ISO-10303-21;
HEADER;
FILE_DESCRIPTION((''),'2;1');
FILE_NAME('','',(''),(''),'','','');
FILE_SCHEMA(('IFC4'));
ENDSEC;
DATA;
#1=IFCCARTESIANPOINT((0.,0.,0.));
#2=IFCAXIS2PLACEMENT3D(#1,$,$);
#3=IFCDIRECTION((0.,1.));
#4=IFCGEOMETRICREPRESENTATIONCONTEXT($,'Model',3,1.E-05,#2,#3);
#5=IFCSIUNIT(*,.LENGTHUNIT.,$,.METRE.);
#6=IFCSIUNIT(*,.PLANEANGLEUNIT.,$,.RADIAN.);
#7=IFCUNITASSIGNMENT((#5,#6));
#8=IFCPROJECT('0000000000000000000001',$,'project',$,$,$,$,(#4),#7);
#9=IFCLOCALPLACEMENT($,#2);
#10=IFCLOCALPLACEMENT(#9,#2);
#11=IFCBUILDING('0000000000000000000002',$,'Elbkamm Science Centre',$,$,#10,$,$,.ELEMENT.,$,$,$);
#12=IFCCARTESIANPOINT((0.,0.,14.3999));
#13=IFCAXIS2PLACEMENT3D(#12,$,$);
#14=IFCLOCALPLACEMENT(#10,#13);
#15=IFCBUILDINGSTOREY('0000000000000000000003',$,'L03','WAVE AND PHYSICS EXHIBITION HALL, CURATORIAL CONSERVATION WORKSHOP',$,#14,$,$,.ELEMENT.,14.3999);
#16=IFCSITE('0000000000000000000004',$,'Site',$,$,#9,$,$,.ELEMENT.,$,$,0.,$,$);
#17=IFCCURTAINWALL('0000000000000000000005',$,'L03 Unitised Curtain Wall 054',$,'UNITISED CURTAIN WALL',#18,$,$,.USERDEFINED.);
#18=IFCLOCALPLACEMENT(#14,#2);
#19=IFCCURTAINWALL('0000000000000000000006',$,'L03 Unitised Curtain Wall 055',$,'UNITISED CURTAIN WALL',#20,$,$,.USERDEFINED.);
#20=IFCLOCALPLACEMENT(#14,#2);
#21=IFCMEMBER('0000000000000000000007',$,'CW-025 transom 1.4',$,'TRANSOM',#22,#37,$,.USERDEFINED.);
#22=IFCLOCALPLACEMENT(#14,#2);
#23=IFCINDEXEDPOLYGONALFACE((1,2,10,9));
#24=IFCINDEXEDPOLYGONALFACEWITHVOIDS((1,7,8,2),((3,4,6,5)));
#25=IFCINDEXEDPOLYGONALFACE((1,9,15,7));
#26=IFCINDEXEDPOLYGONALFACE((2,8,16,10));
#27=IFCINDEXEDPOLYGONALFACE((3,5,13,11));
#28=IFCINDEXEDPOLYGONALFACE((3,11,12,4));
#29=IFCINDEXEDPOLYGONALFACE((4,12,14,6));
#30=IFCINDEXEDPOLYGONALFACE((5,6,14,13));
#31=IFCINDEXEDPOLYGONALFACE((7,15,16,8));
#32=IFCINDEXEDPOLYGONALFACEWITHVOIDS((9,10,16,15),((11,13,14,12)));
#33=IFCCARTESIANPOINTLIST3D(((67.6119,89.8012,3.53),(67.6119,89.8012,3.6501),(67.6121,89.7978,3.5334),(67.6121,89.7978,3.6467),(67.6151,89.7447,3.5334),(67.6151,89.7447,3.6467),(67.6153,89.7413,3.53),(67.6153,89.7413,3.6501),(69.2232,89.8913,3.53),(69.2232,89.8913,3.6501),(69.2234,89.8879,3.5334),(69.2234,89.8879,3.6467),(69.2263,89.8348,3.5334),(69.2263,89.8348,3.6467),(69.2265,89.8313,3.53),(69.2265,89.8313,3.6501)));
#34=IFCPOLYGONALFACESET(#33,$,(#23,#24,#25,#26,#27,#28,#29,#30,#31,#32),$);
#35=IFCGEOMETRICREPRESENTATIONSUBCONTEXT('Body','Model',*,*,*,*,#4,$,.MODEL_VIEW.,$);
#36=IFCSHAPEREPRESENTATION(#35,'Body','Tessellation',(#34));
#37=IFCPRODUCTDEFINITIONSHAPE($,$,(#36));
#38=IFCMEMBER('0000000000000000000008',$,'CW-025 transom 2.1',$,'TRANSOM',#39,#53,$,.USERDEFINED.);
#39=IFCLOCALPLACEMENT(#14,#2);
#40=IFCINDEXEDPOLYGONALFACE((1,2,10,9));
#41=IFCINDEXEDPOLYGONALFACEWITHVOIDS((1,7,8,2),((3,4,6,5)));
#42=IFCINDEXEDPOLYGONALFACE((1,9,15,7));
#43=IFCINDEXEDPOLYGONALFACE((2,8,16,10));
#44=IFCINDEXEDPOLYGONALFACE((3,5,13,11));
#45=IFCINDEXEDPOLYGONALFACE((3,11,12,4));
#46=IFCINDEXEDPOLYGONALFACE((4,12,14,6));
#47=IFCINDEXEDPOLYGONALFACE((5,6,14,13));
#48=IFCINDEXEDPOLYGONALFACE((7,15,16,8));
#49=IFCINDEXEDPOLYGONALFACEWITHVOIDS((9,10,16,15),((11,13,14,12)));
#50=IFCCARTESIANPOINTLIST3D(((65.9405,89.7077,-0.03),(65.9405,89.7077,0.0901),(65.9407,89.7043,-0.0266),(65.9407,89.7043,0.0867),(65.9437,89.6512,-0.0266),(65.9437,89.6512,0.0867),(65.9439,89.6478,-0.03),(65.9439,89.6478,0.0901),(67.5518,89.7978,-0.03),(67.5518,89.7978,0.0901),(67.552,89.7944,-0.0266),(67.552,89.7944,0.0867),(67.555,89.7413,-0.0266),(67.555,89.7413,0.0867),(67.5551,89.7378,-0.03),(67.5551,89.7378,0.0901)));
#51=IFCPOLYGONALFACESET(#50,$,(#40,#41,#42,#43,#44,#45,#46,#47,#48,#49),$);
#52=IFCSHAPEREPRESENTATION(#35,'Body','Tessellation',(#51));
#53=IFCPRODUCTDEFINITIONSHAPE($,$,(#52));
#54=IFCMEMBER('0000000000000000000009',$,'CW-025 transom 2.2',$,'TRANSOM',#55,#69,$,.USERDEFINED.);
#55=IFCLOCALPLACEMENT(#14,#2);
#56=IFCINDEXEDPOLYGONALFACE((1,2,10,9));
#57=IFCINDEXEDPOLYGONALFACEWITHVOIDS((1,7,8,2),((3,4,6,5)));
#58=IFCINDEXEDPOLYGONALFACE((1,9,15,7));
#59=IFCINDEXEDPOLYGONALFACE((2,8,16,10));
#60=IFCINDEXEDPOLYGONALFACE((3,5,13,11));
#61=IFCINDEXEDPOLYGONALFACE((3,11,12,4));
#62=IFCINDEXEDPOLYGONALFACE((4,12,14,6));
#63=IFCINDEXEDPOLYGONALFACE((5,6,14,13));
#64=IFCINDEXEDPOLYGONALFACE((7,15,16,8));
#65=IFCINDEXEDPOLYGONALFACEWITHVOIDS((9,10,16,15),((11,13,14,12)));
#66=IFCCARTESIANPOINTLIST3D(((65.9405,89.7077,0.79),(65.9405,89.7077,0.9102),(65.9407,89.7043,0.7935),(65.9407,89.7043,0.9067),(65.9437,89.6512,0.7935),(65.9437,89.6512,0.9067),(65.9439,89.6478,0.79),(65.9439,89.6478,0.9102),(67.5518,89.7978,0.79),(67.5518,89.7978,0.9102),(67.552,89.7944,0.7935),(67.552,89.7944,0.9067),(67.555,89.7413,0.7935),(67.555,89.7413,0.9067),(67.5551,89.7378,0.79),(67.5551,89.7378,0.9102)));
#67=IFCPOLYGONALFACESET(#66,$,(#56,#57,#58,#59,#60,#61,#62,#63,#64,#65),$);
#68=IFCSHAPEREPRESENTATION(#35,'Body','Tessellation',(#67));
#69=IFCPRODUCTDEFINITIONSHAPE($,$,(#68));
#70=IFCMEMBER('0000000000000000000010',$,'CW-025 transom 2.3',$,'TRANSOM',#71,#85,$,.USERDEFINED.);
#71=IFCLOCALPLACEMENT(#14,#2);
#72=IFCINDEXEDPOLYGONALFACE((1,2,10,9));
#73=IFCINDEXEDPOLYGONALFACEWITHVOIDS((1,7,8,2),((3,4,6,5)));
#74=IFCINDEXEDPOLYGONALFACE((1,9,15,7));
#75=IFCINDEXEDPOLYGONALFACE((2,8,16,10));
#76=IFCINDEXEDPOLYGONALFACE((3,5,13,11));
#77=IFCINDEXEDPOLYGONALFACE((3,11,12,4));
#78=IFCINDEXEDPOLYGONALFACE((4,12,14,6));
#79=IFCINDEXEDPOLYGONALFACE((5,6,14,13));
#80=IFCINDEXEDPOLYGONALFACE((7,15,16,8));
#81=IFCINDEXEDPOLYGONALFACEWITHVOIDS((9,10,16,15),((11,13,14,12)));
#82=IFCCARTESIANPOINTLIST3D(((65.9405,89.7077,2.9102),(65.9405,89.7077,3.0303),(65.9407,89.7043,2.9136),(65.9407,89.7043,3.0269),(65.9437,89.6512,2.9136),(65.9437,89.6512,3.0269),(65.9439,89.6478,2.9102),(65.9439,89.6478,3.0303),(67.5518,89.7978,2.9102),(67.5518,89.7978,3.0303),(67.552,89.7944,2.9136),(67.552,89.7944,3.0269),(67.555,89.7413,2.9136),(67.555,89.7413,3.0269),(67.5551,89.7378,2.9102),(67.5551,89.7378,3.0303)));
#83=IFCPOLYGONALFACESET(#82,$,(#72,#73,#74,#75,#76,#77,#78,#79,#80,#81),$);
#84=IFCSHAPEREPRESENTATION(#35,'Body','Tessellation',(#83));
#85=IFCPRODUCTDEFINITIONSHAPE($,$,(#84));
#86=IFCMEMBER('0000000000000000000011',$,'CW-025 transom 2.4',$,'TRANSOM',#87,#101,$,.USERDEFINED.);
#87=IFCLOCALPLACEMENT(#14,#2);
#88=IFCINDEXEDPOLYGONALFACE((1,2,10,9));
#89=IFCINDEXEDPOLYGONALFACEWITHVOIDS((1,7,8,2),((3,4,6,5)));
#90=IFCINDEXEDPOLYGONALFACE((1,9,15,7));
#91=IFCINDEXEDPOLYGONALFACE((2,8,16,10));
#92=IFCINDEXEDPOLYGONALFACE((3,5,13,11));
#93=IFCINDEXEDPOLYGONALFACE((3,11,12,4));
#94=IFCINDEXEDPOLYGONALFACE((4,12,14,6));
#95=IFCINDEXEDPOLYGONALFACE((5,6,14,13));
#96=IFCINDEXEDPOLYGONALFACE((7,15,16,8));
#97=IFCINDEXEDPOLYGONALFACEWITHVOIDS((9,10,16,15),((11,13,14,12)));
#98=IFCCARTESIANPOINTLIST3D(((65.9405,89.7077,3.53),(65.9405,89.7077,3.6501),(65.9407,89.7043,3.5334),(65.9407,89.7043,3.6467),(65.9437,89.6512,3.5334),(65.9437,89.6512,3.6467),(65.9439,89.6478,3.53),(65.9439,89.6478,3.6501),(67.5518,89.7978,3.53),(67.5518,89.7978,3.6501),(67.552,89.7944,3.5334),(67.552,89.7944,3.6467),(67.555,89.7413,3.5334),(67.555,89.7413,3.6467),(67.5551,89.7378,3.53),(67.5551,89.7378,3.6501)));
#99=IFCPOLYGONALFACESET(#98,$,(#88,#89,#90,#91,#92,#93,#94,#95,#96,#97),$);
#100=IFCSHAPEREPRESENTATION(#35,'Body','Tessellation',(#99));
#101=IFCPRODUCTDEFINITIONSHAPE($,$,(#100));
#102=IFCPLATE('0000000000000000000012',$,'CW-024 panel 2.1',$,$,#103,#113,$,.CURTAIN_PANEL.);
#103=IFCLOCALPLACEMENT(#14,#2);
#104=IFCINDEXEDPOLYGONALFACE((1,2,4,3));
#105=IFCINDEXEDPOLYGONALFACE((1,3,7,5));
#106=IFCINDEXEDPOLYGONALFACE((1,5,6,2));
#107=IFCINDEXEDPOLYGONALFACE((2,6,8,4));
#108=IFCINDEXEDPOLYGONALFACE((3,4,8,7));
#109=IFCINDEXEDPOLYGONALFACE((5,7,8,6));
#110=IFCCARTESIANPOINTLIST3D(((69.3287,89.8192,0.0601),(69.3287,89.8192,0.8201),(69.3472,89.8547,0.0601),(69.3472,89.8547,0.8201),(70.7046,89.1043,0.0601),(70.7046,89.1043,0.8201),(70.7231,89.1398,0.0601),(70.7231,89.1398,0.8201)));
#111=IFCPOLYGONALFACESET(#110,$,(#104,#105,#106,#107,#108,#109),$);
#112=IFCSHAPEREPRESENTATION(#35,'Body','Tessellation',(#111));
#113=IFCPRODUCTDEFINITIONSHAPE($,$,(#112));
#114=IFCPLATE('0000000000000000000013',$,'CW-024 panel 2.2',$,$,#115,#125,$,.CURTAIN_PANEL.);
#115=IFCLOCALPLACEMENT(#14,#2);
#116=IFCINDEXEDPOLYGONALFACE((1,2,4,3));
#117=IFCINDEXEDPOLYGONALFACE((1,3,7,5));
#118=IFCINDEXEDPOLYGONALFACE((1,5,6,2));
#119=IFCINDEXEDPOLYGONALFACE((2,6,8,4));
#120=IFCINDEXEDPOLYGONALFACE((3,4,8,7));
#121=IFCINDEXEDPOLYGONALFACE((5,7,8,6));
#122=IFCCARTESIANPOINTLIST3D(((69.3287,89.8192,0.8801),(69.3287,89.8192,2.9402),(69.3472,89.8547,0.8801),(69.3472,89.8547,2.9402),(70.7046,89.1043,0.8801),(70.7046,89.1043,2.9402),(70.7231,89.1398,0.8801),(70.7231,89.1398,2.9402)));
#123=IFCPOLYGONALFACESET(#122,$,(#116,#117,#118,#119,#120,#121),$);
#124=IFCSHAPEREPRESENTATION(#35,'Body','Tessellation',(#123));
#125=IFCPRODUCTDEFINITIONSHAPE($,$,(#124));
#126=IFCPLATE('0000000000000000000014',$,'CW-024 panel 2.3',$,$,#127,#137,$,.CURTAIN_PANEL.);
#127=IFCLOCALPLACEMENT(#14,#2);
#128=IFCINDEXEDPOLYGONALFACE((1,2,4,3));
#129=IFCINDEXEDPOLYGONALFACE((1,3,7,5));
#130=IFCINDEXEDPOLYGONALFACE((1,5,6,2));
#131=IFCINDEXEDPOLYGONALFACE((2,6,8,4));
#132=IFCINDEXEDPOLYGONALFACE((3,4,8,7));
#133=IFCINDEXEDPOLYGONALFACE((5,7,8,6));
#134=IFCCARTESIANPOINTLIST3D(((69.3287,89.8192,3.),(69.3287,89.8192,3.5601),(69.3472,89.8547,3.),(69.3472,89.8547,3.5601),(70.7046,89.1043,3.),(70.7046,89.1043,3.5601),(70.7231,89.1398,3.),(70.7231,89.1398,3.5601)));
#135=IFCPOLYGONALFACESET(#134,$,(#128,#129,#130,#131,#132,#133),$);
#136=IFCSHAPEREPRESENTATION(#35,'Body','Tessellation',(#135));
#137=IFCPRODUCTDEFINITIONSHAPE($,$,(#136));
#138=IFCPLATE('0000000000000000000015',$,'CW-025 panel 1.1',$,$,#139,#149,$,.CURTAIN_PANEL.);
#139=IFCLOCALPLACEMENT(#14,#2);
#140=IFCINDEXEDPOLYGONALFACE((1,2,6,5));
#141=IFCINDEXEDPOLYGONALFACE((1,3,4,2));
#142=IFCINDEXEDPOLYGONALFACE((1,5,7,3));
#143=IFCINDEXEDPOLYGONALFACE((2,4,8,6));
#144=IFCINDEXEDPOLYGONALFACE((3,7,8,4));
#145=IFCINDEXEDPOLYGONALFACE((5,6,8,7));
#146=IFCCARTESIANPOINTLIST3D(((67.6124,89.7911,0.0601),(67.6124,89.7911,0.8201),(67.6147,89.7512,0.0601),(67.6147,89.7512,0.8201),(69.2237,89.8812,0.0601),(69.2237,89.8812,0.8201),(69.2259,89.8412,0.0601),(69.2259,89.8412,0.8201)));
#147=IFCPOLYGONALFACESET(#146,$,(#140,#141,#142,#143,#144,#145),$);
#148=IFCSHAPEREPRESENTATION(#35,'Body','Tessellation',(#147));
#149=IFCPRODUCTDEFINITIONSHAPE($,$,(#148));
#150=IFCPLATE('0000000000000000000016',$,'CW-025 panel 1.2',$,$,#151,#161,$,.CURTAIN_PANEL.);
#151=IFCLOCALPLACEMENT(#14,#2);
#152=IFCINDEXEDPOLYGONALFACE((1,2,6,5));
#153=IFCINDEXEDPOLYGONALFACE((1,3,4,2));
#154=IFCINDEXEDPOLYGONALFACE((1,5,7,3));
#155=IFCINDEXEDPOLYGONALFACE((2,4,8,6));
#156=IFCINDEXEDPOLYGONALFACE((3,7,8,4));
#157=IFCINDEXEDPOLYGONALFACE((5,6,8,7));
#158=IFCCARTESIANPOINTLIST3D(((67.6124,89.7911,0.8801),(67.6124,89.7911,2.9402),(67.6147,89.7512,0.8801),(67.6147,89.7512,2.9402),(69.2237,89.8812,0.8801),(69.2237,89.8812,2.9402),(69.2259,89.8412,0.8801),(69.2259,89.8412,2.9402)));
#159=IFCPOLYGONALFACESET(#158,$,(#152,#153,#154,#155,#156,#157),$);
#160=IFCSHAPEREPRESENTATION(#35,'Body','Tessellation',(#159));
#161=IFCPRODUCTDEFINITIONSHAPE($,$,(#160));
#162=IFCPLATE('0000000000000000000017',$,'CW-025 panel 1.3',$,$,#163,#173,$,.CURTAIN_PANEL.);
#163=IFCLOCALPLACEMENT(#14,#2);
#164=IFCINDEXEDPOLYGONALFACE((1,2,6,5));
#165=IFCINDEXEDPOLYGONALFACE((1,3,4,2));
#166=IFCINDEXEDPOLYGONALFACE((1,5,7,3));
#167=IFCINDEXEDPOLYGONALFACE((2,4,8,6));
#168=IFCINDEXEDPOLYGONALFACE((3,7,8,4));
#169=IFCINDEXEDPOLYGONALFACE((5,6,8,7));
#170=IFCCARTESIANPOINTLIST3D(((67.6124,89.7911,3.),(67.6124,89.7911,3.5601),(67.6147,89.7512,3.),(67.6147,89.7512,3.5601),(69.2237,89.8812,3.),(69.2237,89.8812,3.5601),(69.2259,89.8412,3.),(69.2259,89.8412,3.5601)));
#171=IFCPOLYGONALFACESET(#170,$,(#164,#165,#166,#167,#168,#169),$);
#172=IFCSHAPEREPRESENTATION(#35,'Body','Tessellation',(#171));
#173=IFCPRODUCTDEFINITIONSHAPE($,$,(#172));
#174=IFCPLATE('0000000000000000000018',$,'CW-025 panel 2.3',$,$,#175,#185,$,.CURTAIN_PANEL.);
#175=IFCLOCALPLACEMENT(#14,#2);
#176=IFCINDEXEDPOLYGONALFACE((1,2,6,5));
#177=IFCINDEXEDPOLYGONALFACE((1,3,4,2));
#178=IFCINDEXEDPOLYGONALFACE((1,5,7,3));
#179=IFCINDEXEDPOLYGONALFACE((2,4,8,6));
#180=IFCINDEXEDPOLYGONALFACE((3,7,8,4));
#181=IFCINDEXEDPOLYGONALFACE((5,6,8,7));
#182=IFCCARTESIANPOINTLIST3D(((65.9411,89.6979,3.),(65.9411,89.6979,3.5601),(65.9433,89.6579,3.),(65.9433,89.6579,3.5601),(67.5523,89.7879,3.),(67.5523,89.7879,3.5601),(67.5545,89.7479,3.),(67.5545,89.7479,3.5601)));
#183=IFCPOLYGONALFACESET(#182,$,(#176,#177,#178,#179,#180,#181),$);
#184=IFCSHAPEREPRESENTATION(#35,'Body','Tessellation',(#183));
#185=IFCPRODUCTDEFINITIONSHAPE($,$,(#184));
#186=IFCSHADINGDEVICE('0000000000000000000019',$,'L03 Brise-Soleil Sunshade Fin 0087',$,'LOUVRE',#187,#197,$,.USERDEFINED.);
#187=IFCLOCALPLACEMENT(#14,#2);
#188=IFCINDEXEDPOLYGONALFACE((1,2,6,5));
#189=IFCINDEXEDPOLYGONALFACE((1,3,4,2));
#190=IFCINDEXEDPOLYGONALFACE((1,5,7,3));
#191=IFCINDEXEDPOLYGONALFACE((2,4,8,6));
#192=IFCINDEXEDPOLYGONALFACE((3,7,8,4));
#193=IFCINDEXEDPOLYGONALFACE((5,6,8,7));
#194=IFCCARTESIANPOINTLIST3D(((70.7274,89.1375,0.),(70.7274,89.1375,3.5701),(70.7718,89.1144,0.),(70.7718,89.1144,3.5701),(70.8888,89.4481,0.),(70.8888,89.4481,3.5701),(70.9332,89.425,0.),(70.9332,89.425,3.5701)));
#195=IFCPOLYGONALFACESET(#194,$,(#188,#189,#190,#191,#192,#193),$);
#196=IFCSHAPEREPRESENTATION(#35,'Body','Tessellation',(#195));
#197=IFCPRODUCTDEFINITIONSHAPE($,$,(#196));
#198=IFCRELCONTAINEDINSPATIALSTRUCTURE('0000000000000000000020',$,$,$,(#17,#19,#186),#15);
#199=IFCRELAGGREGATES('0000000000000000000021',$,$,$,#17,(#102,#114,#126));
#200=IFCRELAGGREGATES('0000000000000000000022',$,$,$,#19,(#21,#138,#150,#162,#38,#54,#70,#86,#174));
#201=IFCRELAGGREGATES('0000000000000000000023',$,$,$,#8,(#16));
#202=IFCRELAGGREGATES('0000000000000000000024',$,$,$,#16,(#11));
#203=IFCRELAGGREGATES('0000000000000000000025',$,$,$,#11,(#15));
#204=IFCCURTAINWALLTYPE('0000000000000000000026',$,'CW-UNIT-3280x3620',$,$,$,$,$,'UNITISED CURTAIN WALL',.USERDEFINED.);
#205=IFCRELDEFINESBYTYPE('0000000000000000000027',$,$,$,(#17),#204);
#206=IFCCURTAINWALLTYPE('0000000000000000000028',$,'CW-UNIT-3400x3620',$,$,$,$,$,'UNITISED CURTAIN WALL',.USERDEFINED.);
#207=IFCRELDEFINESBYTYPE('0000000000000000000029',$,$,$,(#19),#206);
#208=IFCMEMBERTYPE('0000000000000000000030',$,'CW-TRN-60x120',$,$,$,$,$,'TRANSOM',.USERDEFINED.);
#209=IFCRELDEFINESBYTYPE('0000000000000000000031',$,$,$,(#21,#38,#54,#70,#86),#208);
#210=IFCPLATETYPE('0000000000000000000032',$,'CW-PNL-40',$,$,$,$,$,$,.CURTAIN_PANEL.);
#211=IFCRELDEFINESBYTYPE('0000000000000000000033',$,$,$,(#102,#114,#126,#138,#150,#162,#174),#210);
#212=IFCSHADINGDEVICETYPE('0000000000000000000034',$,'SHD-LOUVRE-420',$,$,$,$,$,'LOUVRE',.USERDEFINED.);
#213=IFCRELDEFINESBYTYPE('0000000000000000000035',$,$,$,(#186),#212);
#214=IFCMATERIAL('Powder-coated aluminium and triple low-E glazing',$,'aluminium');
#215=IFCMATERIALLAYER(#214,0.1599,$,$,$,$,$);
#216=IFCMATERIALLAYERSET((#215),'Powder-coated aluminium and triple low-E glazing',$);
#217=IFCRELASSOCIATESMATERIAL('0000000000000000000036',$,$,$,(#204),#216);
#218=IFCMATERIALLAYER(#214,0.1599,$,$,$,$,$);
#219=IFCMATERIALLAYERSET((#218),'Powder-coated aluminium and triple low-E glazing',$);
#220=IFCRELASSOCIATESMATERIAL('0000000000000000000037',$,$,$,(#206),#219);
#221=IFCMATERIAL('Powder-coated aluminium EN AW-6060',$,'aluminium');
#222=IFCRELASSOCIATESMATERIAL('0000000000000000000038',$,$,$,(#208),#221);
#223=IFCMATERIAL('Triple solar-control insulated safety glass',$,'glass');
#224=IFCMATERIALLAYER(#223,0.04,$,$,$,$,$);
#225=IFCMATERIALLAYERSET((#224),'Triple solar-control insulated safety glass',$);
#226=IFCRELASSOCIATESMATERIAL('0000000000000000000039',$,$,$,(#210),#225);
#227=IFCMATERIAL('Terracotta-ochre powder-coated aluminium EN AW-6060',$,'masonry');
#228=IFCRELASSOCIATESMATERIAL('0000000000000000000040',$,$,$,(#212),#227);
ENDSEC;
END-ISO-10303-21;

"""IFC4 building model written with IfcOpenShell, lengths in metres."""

from ifc_helpers import new_model, si_unit, direction, frame, origin, origin_2d, place, context, subcontext, project, spatial, rectangle, hollow_rectangle, extrude, material, layer, layer_set, material_profile, profile_set, type_object, element, aggregate, save


model = new_model("IFC4")

# Units and contexts
model_context = context("Model", 3, precision=1e-05, world=origin(), true_north=direction((0.0, 1.0)))
body_context = subcontext(model_context, "Body", "Model", "MODEL_VIEW")
ifc_project = project(units=[si_unit("LENGTHUNIT", "METRE"), si_unit("PLANEANGLEUNIT", "RADIAN")], contexts=[model_context])

# Site, building, storey
site_placement = place(None, origin())
site = spatial("IfcSite", under=ifc_project, at=site_placement, Name="Site", CompositionType="ELEMENT", RefElevation=0.0)
building_placement = place(site_placement, origin())
building = spatial("IfcBuilding", under=site, at=building_placement, Name="Elbkamm Science Centre", CompositionType="ELEMENT")
storey_placement = place(building_placement, frame((0.0, 0.0, 14.3999)))
storey = spatial("IfcBuildingStorey", under=building, at=storey_placement, Name="L03", Description="WAVE AND PHYSICS EXHIBITION HALL, CURATORIAL CONSERVATION WORKSHOP", CompositionType="ELEMENT", Elevation=14.3999)

# Curtain walls
ifc_material_1 = material(Name="Powder-coated aluminium and triple low-E glazing", Category="aluminium")
ifc_layer_1 = layer(ifc_material_1, 0.1599)
ifc_layer_set_1 = layer_set([ifc_layer_1], Name="Powder-coated aluminium and triple low-E glazing")
curtain_wall_type_1 = type_object("IfcCurtainWallType", Name="CW-UNIT-3280x3620", ElementType="UNITISED CURTAIN WALL", PredefinedType="USERDEFINED", material=ifc_layer_set_1)
curtain_wall_1_placement = place(storey_placement, origin())
curtain_wall_1 = element("IfcCurtainWall", 1, at=curtain_wall_1_placement, inside=storey, type_object=curtain_wall_type_1, Name="L03 Unitised Curtain Wall 054", ObjectType="UNITISED CURTAIN WALL", PredefinedType="USERDEFINED")
ifc_material_2 = material(Name="Powder-coated aluminium EN AW-6060", Category="aluminium")
ifc_layer_2 = layer(ifc_material_1, 0.1599)
ifc_layer_set_2 = layer_set([ifc_layer_2], Name="Powder-coated aluminium and triple low-E glazing")
curtain_wall_type_2 = type_object("IfcCurtainWallType", Name="CW-UNIT-3400x3620", ElementType="UNITISED CURTAIN WALL", PredefinedType="USERDEFINED", material=ifc_layer_set_2)
curtain_wall_2_placement = place(storey_placement, origin())
curtain_wall_2 = element("IfcCurtainWall", 2, at=curtain_wall_2_placement, inside=storey, type_object=curtain_wall_type_2, Name="L03 Unitised Curtain Wall 055", ObjectType="UNITISED CURTAIN WALL", PredefinedType="USERDEFINED")

# Members
ifc_material_profile_1 = material_profile(ifc_material_2, hollow_rectangle(XDim=0.0601, YDim=0.1201, WallThickness=0.0034, at=origin_2d()), Name="ALU T60x120")
ifc_profile_set_1 = profile_set([ifc_material_profile_1], Name="Powder-coated aluminium EN AW-6060")
member_type_1 = type_object("IfcMemberType", Name="CW-TRN-60x120", ElementType="TRANSOM", PredefinedType="USERDEFINED", material=ifc_profile_set_1)
member_1_placement = place(storey_placement, frame((69.2249, 89.8613, 3.5901), z_axis=(-0.998441, -0.055822, 0.0), x_axis=(0.055822, -0.998441, 0.0)))
member_1 = element("IfcMember", 3, at=member_1_placement, type_object=member_type_1, Name="CW-025 transom 1.4", ObjectType="TRANSOM", PredefinedType="USERDEFINED", context=body_context, shape_type="SweptSolid", body=[
    extrude(hollow_rectangle(XDim=0.0601, YDim=0.1201, WallThickness=0.0034, at=origin_2d()), origin(), (0.0, 0.0, 1.0), 1.6138),
])
member_2_placement = place(storey_placement, frame((67.5535, 89.7678, 0.03), z_axis=(-0.998441, -0.055822, 0.0), x_axis=(0.055822, -0.998441, 0.0)))
member_2 = element("IfcMember", 4, at=member_2_placement, type_object=member_type_1, Name="CW-025 transom 2.1", ObjectType="TRANSOM", PredefinedType="USERDEFINED", context=body_context, shape_type="SweptSolid", body=[
    extrude(hollow_rectangle(XDim=0.0601, YDim=0.1201, WallThickness=0.0034, at=origin_2d()), origin(), (0.0, 0.0, 1.0), 1.6138),
])
member_3_placement = place(storey_placement, frame((67.5535, 89.7678, 0.8501), z_axis=(-0.998441, -0.055822, 0.0), x_axis=(0.055822, -0.998441, 0.0)))
member_3 = element("IfcMember", 5, at=member_3_placement, type_object=member_type_1, Name="CW-025 transom 2.2", ObjectType="TRANSOM", PredefinedType="USERDEFINED", context=body_context, shape_type="SweptSolid", body=[
    extrude(hollow_rectangle(XDim=0.0601, YDim=0.1201, WallThickness=0.0034, at=origin_2d()), origin(), (0.0, 0.0, 1.0), 1.6138),
])
member_4_placement = place(storey_placement, frame((67.5535, 89.7678, 2.9702), z_axis=(-0.998441, -0.055822, 0.0), x_axis=(0.055822, -0.998441, 0.0)))
member_4 = element("IfcMember", 6, at=member_4_placement, type_object=member_type_1, Name="CW-025 transom 2.3", ObjectType="TRANSOM", PredefinedType="USERDEFINED", context=body_context, shape_type="SweptSolid", body=[
    extrude(hollow_rectangle(XDim=0.0601, YDim=0.1201, WallThickness=0.0034, at=origin_2d()), origin(), (0.0, 0.0, 1.0), 1.6138),
])
member_5_placement = place(storey_placement, frame((67.5535, 89.7678, 3.5901), z_axis=(-0.998441, -0.055822, 0.0), x_axis=(0.055822, -0.998441, 0.0)))
member_5 = element("IfcMember", 7, at=member_5_placement, type_object=member_type_1, Name="CW-025 transom 2.4", ObjectType="TRANSOM", PredefinedType="USERDEFINED", context=body_context, shape_type="SweptSolid", body=[
    extrude(hollow_rectangle(XDim=0.0601, YDim=0.1201, WallThickness=0.0034, at=origin_2d()), origin(), (0.0, 0.0, 1.0), 1.6138),
])

# Plates
ifc_material_3 = material(Name="Triple solar-control insulated safety glass", Category="glass")
ifc_layer_3 = layer(ifc_material_3, 0.04)
ifc_layer_set_3 = layer_set([ifc_layer_3], Name="Triple solar-control insulated safety glass")
plate_type = type_object("IfcPlateType", Name="CW-PNL-40", PredefinedType="CURTAIN_PANEL", material=ifc_layer_set_3)
plate_1_placement = place(storey_placement, frame((70.0259, 89.4795, 0.0601), z_axis=(0.0, 0.0, 1.0), x_axis=(-0.887363, 0.461071, 0.0)))
plate_1 = element("IfcPlate", 8, at=plate_1_placement, type_object=plate_type, Name="CW-024 panel 2.1", PredefinedType="CURTAIN_PANEL", context=body_context, shape_type="SweptSolid", body=[
    extrude(rectangle(XDim=1.5505, YDim=0.04, at=origin_2d()), origin(), (0.0, 0.0, 1.0), 0.76),
])
plate_2_placement = place(storey_placement, frame((70.0259, 89.4795, 0.8801), z_axis=(0.0, 0.0, 1.0), x_axis=(-0.887363, 0.461071, 0.0)))
plate_2 = element("IfcPlate", 9, at=plate_2_placement, type_object=plate_type, Name="CW-024 panel 2.2", PredefinedType="CURTAIN_PANEL", context=body_context, shape_type="SweptSolid", body=[
    extrude(rectangle(XDim=1.5505, YDim=0.04, at=origin_2d()), origin(), (0.0, 0.0, 1.0), 2.0601),
])
plate_3_placement = place(storey_placement, frame((70.0259, 89.4795, 3.0), z_axis=(0.0, 0.0, 1.0), x_axis=(-0.887363, 0.461071, 0.0)))
plate_3 = element("IfcPlate", 10, at=plate_3_placement, type_object=plate_type, Name="CW-024 panel 2.3", PredefinedType="CURTAIN_PANEL", context=body_context, shape_type="SweptSolid", body=[
    extrude(rectangle(XDim=1.5505, YDim=0.04, at=origin_2d()), origin(), (0.0, 0.0, 1.0), 0.5601),
])
aggregate(curtain_wall_1, [plate_1, plate_2, plate_3])
plate_4_placement = place(storey_placement, frame((68.4192, 89.8162, 0.0601), z_axis=(0.0, 0.0, 1.0), x_axis=(-0.998443, -0.055785, 0.0)))
plate_4 = element("IfcPlate", 11, at=plate_4_placement, type_object=plate_type, Name="CW-025 panel 1.1", PredefinedType="CURTAIN_PANEL", context=body_context, shape_type="SweptSolid", body=[
    extrude(rectangle(XDim=1.6138, YDim=0.04, at=origin_2d()), origin(), (0.0, 0.0, 1.0), 0.76),
])
plate_5_placement = place(storey_placement, frame((68.4192, 89.8162, 0.8801), z_axis=(0.0, 0.0, 1.0), x_axis=(-0.998443, -0.055785, 0.0)))
plate_5 = element("IfcPlate", 12, at=plate_5_placement, type_object=plate_type, Name="CW-025 panel 1.2", PredefinedType="CURTAIN_PANEL", context=body_context, shape_type="SweptSolid", body=[
    extrude(rectangle(XDim=1.6138, YDim=0.04, at=origin_2d()), origin(), (0.0, 0.0, 1.0), 2.0601),
])
plate_6_placement = place(storey_placement, frame((68.4192, 89.8162, 3.0), z_axis=(0.0, 0.0, 1.0), x_axis=(-0.998443, -0.055785, 0.0)))
plate_6 = element("IfcPlate", 13, at=plate_6_placement, type_object=plate_type, Name="CW-025 panel 1.3", PredefinedType="CURTAIN_PANEL", context=body_context, shape_type="SweptSolid", body=[
    extrude(rectangle(XDim=1.6138, YDim=0.04, at=origin_2d()), origin(), (0.0, 0.0, 1.0), 0.5601),
])
plate_7_placement = place(storey_placement, frame((66.7478, 89.7229, 3.0), z_axis=(0.0, 0.0, 1.0), x_axis=(-0.998443, -0.055785, 0.0)))
plate_7 = element("IfcPlate", 14, at=plate_7_placement, type_object=plate_type, Name="CW-025 panel 2.3", PredefinedType="CURTAIN_PANEL", context=body_context, shape_type="SweptSolid", body=[
    extrude(rectangle(XDim=1.6138, YDim=0.04, at=origin_2d()), origin(), (0.0, 0.0, 1.0), 0.5601),
])
aggregate(curtain_wall_2, [member_1, plate_4, plate_5, plate_6, member_2, member_3, member_4, member_5, plate_7])

# Shading device
ifc_material_4 = material(Name="Terracotta-ochre powder-coated aluminium EN AW-6060", Category="masonry")
shading_device_type = type_object("IfcShadingDeviceType", Name="SHD-LOUVRE-420", ElementType="LOUVRE", PredefinedType="USERDEFINED", material=ifc_material_4)
for number, where, z_axis, x_axis, name in (
    (15, (70.8303, 89.2812, 0.0), (0.0, 0.0, 1.0), (0.46107, 0.887364, 0.0), "L03 Brise-Soleil Sunshade Fin 0087"),
):
    element("IfcShadingDevice", number, at=place(storey_placement, frame(where, z_axis=z_axis, x_axis=x_axis)), inside=storey, type_object=shading_device_type, Name=name, ObjectType="LOUVRE", PredefinedType="USERDEFINED", context=body_context, shape_type="SweptSolid", body=[
        extrude(rectangle(XDim=0.3501, YDim=0.05, at=origin_2d()), origin(), (0.0, 0.0, 1.0), 3.5701),
    ])

save(model, "model.ifc")
